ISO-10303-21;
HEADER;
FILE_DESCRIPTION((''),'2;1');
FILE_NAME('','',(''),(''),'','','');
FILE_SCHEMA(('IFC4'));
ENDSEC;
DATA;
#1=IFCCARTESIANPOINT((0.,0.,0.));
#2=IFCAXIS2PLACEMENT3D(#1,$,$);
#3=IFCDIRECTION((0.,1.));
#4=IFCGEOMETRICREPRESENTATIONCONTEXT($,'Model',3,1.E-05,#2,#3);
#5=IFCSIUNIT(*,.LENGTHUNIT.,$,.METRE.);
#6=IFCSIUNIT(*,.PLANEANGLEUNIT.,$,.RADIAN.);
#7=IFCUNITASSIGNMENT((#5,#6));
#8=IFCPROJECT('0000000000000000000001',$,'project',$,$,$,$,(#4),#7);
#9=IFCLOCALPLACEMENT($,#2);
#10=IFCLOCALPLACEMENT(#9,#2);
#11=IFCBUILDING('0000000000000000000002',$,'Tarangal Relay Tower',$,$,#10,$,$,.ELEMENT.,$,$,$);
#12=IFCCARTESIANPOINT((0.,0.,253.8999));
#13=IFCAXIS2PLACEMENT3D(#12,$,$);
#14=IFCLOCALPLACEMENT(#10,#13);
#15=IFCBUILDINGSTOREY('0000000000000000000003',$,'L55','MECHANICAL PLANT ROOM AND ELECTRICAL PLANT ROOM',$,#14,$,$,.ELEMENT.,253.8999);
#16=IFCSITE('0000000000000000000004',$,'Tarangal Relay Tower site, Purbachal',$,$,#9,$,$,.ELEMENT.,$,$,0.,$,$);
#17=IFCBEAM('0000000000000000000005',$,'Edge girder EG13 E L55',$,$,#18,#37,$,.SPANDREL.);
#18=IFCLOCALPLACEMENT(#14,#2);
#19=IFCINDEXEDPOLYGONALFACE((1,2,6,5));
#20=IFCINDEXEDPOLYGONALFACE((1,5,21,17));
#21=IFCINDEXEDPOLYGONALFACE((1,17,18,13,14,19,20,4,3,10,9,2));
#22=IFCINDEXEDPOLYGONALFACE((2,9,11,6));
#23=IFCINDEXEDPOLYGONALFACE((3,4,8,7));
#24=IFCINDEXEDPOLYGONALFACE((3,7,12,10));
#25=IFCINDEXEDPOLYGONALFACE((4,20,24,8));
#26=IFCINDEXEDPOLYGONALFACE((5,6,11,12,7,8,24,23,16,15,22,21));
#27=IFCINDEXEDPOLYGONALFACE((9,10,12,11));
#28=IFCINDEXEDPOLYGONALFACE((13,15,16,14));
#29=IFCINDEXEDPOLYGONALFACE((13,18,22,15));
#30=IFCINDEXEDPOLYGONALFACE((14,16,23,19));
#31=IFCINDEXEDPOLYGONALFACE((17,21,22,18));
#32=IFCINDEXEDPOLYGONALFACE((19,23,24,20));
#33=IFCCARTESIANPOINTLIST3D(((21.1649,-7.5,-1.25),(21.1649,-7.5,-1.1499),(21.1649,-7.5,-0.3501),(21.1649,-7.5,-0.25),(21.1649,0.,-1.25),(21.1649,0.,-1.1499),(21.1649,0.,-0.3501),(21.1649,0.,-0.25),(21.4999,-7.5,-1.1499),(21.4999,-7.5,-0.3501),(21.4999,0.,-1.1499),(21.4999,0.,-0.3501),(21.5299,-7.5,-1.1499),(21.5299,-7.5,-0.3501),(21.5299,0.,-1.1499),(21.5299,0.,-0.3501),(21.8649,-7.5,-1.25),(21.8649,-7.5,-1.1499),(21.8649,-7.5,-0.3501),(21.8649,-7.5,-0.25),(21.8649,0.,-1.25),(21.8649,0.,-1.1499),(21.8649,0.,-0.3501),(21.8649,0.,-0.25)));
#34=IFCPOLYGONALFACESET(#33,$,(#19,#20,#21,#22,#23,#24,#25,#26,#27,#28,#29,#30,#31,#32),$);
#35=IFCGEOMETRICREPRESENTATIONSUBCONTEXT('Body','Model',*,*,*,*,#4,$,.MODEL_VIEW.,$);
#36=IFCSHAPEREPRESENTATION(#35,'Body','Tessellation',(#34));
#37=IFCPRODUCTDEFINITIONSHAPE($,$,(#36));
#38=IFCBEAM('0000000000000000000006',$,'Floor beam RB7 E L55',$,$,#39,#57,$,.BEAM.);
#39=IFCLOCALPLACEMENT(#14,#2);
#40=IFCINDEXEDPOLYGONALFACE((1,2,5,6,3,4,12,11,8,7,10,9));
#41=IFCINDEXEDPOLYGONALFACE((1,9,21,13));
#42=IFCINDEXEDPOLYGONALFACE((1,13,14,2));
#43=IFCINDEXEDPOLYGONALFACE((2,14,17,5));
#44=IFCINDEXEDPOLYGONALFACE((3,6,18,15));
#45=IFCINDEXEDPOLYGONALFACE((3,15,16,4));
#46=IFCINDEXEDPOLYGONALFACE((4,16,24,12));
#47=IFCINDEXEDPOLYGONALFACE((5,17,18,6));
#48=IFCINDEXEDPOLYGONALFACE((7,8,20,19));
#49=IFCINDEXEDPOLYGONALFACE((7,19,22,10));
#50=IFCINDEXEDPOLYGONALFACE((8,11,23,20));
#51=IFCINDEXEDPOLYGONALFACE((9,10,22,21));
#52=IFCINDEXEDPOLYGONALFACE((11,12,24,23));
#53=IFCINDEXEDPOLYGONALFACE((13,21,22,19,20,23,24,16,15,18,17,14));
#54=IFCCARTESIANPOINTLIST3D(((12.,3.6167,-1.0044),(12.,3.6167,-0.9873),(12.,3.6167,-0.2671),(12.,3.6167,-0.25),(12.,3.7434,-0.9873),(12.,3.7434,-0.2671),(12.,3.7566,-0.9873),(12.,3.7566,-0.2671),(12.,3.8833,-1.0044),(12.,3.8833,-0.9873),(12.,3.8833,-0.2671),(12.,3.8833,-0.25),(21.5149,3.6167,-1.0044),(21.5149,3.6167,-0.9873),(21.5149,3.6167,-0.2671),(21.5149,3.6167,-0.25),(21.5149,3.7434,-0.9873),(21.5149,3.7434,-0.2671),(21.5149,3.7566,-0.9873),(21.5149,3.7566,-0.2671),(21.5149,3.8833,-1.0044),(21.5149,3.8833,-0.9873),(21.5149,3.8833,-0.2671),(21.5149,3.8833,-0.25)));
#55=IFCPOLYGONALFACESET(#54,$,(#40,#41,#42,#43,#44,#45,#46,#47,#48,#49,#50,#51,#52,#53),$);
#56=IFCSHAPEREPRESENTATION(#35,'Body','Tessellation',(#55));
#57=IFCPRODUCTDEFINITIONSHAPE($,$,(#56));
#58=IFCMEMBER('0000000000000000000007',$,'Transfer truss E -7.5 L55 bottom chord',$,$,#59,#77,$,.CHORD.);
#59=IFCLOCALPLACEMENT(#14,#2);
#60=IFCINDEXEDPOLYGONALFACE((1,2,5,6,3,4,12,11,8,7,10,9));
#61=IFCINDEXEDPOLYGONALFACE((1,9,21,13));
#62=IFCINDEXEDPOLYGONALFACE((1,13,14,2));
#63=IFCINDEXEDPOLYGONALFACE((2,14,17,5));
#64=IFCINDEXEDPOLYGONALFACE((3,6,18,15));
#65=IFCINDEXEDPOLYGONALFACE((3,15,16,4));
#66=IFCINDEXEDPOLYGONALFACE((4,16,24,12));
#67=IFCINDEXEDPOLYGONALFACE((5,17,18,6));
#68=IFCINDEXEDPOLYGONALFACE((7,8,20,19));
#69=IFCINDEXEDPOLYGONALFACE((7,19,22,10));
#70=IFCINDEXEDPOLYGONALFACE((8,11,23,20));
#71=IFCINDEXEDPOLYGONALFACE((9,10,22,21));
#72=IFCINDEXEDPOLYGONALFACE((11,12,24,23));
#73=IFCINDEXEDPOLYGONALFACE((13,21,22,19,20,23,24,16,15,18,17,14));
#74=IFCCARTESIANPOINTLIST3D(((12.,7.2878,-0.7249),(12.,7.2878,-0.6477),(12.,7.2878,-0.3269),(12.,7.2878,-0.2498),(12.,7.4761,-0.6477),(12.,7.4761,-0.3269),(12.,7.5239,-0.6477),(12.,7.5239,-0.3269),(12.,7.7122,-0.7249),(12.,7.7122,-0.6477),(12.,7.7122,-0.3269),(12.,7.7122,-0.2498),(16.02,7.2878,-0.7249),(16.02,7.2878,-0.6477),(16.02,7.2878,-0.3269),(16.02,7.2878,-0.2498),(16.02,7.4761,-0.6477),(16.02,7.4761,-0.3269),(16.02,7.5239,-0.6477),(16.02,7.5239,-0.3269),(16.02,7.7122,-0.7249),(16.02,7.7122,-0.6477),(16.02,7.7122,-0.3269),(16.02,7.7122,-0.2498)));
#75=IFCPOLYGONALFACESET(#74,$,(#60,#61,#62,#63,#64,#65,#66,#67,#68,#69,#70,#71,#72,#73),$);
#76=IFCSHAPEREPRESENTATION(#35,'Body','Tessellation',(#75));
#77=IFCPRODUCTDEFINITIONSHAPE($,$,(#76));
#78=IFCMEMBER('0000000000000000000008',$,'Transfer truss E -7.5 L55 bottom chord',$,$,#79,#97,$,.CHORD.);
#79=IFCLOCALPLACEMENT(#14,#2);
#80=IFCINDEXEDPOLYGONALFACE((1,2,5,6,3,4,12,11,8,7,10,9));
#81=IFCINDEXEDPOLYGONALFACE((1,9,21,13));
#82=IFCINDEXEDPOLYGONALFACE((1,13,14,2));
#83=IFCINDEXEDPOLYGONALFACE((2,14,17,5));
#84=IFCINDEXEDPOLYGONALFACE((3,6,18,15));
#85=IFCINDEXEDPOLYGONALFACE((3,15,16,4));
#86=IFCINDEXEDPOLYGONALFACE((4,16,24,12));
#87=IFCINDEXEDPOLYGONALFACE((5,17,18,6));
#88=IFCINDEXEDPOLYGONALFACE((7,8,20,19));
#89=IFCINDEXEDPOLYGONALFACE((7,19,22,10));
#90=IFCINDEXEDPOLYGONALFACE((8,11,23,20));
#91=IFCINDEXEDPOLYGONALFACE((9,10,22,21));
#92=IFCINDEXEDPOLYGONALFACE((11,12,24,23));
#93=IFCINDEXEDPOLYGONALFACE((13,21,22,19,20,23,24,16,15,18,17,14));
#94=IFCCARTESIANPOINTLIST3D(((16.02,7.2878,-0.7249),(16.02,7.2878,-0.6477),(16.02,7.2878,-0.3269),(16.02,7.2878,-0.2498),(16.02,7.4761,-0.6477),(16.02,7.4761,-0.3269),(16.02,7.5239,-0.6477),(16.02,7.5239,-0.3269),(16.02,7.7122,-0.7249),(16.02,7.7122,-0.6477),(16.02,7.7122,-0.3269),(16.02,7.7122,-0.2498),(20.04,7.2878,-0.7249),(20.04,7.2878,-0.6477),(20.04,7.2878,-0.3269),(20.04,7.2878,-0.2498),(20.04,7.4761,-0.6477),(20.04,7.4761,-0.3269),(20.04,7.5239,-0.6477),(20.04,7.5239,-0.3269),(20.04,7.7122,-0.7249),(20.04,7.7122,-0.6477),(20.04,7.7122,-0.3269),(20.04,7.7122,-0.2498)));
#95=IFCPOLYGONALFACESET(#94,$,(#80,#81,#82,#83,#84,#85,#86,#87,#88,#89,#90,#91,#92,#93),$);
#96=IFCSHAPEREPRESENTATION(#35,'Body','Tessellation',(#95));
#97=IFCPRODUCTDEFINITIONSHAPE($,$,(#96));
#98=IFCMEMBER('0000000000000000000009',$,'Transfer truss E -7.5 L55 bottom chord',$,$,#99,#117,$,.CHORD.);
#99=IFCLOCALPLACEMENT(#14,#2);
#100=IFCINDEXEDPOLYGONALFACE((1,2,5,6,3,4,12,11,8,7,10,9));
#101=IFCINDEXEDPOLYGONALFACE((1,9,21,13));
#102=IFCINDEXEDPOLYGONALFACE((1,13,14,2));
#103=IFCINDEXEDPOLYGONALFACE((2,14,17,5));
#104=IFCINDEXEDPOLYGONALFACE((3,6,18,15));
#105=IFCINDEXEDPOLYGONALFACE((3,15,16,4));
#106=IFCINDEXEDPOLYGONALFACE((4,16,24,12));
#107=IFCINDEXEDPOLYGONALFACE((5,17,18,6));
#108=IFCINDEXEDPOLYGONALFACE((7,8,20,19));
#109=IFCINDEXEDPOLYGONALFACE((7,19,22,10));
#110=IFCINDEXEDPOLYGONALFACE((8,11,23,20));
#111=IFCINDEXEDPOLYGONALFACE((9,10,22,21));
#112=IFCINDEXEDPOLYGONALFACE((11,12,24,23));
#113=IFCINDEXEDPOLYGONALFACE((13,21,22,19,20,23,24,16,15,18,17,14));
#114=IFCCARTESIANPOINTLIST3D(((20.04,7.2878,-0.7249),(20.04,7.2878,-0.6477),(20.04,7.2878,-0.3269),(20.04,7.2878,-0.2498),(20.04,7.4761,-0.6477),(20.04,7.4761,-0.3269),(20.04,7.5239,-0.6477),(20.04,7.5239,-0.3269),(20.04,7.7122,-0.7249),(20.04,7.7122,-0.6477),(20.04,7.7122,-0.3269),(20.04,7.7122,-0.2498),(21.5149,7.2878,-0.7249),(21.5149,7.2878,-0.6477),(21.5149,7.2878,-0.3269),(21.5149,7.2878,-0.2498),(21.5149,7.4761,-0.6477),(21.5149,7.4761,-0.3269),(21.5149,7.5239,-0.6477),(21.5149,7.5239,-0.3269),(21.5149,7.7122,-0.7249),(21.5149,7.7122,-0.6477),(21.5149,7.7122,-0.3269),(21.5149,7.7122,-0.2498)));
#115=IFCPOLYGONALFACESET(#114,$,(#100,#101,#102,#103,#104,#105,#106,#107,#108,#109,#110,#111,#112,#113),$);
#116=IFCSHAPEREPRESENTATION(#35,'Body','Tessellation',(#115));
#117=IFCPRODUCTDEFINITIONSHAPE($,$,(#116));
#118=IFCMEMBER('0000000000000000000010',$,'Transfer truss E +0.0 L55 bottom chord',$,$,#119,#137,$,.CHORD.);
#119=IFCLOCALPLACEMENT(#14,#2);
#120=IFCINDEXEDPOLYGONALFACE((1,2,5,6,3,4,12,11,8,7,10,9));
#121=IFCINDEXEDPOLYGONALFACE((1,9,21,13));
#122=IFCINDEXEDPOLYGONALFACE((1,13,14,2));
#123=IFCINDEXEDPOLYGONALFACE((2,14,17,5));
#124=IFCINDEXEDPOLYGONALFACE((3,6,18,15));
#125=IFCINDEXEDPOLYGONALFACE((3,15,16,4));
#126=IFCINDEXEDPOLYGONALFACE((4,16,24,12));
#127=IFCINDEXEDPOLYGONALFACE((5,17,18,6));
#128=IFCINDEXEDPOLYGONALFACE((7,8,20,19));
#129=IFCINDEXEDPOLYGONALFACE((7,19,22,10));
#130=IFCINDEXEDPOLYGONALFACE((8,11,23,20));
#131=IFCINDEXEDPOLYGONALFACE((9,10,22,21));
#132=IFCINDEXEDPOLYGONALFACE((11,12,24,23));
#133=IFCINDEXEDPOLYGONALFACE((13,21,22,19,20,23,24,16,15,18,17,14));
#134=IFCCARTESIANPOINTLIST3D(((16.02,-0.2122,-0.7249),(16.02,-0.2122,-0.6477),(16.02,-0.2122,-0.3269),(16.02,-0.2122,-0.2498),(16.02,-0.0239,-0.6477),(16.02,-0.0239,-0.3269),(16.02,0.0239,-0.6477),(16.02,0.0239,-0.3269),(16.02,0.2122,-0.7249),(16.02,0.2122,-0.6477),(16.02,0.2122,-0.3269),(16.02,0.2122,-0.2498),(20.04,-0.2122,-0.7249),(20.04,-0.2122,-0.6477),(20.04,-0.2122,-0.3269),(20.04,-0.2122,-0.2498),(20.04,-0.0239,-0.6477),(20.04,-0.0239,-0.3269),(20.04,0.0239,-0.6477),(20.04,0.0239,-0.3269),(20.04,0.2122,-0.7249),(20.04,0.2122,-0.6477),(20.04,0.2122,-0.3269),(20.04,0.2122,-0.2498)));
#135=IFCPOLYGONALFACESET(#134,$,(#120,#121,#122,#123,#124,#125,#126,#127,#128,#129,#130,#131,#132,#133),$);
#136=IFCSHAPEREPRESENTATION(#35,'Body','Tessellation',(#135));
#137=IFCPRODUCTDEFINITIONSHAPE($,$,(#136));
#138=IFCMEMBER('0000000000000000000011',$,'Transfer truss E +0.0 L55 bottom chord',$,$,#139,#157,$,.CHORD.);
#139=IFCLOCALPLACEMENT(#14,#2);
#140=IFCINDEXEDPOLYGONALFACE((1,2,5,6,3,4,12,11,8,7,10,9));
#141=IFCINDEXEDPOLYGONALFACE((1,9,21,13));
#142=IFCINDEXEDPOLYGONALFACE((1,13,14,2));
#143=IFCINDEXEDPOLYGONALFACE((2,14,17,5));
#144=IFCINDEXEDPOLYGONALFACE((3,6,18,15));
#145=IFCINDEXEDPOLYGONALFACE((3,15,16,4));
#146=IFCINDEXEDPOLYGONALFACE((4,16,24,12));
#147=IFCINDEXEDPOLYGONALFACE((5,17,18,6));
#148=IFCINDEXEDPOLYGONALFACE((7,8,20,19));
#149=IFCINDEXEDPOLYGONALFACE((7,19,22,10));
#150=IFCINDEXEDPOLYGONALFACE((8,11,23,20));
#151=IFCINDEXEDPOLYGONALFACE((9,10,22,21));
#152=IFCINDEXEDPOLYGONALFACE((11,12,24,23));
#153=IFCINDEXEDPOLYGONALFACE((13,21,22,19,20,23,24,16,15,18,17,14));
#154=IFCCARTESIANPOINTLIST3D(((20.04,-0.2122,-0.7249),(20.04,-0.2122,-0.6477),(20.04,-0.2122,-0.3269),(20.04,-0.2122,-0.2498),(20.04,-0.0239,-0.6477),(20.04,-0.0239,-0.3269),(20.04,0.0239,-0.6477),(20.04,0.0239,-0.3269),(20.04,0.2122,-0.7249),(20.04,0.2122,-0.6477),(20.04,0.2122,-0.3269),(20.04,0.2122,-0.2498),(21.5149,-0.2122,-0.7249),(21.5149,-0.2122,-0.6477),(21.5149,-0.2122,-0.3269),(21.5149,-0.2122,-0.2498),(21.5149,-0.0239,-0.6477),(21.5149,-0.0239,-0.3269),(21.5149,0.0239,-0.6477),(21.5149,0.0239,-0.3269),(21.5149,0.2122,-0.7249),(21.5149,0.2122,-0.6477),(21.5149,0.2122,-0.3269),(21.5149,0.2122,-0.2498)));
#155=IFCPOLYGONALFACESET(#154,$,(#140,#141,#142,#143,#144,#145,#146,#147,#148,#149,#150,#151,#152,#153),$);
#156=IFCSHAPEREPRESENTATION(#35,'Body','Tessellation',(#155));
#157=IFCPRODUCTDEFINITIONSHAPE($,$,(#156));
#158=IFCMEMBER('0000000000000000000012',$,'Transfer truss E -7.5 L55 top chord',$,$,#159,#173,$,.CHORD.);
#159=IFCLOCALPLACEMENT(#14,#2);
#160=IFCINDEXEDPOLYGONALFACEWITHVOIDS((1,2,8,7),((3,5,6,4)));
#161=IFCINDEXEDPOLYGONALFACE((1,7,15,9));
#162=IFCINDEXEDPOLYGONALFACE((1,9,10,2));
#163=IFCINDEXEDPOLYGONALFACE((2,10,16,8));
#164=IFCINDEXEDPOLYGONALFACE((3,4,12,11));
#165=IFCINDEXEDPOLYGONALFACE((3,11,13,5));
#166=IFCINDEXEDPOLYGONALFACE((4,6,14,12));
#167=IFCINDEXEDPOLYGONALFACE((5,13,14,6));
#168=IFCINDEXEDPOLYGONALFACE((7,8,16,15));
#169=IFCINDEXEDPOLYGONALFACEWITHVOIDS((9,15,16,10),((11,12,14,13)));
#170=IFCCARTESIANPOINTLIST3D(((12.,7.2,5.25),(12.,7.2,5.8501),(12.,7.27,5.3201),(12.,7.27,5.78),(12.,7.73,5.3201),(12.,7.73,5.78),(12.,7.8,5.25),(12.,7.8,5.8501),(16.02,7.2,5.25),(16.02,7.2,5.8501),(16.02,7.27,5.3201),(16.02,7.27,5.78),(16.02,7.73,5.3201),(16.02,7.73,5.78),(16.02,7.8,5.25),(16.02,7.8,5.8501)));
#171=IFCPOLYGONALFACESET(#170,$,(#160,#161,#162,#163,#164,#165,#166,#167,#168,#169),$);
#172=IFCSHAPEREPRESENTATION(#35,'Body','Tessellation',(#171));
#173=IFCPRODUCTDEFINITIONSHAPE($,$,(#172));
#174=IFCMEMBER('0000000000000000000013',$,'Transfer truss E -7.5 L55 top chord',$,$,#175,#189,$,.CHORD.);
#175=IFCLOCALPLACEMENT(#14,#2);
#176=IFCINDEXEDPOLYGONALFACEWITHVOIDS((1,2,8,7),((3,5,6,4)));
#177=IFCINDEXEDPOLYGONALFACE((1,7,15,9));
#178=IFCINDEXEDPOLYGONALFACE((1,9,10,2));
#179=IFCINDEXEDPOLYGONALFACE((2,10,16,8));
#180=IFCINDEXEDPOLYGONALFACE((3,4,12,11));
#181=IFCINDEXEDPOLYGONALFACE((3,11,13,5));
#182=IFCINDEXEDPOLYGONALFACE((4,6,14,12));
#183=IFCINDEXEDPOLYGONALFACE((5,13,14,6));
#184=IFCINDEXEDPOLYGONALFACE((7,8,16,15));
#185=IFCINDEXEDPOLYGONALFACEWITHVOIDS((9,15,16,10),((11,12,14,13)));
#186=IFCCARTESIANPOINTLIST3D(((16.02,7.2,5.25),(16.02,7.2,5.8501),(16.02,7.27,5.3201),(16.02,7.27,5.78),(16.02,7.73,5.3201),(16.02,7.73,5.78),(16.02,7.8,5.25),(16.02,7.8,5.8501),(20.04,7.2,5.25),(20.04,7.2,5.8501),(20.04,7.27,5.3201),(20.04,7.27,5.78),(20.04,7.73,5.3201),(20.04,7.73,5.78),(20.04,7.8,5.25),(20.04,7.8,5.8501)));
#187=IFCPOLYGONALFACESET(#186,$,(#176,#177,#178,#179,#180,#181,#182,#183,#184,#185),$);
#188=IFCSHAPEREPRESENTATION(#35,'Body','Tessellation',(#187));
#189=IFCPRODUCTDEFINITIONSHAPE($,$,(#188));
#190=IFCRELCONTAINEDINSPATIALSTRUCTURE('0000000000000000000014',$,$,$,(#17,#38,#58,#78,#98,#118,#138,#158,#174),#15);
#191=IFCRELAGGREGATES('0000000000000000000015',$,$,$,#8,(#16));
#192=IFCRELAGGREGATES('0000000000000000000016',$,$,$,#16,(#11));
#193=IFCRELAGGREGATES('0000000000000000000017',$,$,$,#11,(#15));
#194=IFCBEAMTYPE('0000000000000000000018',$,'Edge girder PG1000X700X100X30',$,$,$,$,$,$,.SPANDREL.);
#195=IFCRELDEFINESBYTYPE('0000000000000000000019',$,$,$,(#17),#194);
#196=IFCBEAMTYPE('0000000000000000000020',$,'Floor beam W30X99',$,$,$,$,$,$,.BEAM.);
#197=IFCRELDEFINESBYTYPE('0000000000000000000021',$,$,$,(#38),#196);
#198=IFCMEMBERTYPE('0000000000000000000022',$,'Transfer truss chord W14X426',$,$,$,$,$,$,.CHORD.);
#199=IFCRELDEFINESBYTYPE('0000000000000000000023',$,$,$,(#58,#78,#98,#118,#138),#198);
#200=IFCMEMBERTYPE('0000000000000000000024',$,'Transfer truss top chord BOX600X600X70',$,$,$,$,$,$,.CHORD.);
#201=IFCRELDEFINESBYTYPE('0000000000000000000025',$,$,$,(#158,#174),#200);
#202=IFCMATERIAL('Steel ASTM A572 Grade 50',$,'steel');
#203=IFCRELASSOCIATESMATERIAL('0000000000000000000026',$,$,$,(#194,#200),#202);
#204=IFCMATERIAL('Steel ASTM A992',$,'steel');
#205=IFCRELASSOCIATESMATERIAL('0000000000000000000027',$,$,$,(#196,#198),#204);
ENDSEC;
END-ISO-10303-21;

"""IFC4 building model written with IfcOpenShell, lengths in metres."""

from ifc_helpers import new_model, si_unit, direction, frame, origin, origin_2d, place, context, subcontext, project, spatial, hollow_rectangle, i_section, extrude, material, material_profile, profile_set, type_object, element, save


model = new_model("IFC4")

# Units and contexts
model_context = context("Model", 3, precision=1e-05, world=origin(), true_north=direction((0.0, 1.0)))
body_context = subcontext(model_context, "Body", "Model", "MODEL_VIEW")
ifc_project = project(units=[si_unit("LENGTHUNIT", "METRE"), si_unit("PLANEANGLEUNIT", "RADIAN")], contexts=[model_context])

# Site, building, storey
site_placement = place(None, origin())
site = spatial("IfcSite", under=ifc_project, at=site_placement, Name="Tarangal Relay Tower site, Purbachal", CompositionType="ELEMENT", RefElevation=0.0)
building_placement = place(site_placement, origin())
building = spatial("IfcBuilding", under=site, at=building_placement, Name="Tarangal Relay Tower", CompositionType="ELEMENT")
storey_placement = place(building_placement, frame((0.0, 0.0, 253.8999)))
storey = spatial("IfcBuildingStorey", under=building, at=storey_placement, Name="L55", Description="MECHANICAL PLANT ROOM AND ELECTRICAL PLANT ROOM", CompositionType="ELEMENT", Elevation=253.8999)

# Shared definitions
ifc_material_1 = material(Name="Steel ASTM A572 Grade 50", Category="steel")

# Shared definitions
ifc_material_2 = material(Name="Steel ASTM A992", Category="steel")

# Beams
ifc_material_profile_1 = material_profile(ifc_material_1, i_section(OverallWidth=0.7, OverallDepth=1.0, WebThickness=0.03, FlangeThickness=0.1001, at=origin_2d()), Name="PG1000X700X100X30")
ifc_profile_set_1 = profile_set([ifc_material_profile_1], Name="Steel ASTM A572 Grade 50")
beam_type_1 = type_object("IfcBeamType", Name="Edge girder PG1000X700X100X30", PredefinedType="SPANDREL", material=ifc_profile_set_1)
beam_1_placement = place(storey_placement, frame((21.5149, 0.0, -0.75), z_axis=(0.0, -1.0, 0.0), x_axis=(1.0, 0.0, 0.0)))
element("IfcBeam", 1, at=beam_1_placement, inside=storey, type_object=beam_type_1, Name="Edge girder EG13 E L55", PredefinedType="SPANDREL", context=body_context, shape_type="SweptSolid", body=[
    extrude(i_section(OverallWidth=0.7, OverallDepth=1.0, WebThickness=0.03, FlangeThickness=0.1001, at=origin_2d()), origin(), (0.0, 0.0, 1.0), 7.5),
])
ifc_material_profile_2 = material_profile(ifc_material_2, i_section(OverallWidth=0.2666, OverallDepth=0.7544, WebThickness=0.0132, FlangeThickness=0.0171, at=origin_2d()), Name="W30X99")
ifc_profile_set_2 = profile_set([ifc_material_profile_2], Name="Steel ASTM A992")
beam_type_2 = type_object("IfcBeamType", Name="Floor beam W30X99", PredefinedType="BEAM", material=ifc_profile_set_2)
beam_2_placement = place(storey_placement, frame((12.0, 3.75, -0.6272), z_axis=(1.0, 0.0, 0.0), x_axis=(0.0, 1.0, 0.0)))
element("IfcBeam", 2, at=beam_2_placement, inside=storey, type_object=beam_type_2, Name="Floor beam RB7 E L55", PredefinedType="BEAM", context=body_context, shape_type="SweptSolid", body=[
    extrude(i_section(OverallWidth=0.2666, OverallDepth=0.7544, WebThickness=0.0132, FlangeThickness=0.0171, at=origin_2d()), origin(), (0.0, 0.0, 1.0), 9.5149),
])

# Members
ifc_material_profile_3 = material_profile(ifc_material_2, i_section(OverallWidth=0.4243, OverallDepth=0.4751, WebThickness=0.0479, FlangeThickness=0.0771, at=origin_2d()), Name="W14X426")
ifc_profile_set_3 = profile_set([ifc_material_profile_3], Name="Steel ASTM A992")
member_type_1 = type_object("IfcMemberType", Name="Transfer truss chord W14X426", PredefinedType="CHORD", material=ifc_profile_set_3)
for number, where, z_axis, x_axis, name in (
    (3, (12.0, 7.5, -0.4873), (1.0, 0.0, 0.0), (0.0, 1.0, 0.0), "Transfer truss E -7.5 L55 bottom chord"),
    (4, (16.02, 7.5, -0.4873), (1.0, 0.0, 0.0), (0.0, 1.0, 0.0), "Transfer truss E -7.5 L55 bottom chord"),
):
    element("IfcMember", number, at=place(storey_placement, frame(where, z_axis=z_axis, x_axis=x_axis)), inside=storey, type_object=member_type_1, Name=name, PredefinedType="CHORD", context=body_context, shape_type="SweptSolid", body=[
        extrude(i_section(OverallWidth=0.4243, OverallDepth=0.4751, WebThickness=0.0479, FlangeThickness=0.0771, at=origin_2d()), origin(), (0.0, 0.0, 1.0), 4.02),
    ])
member_1_placement = place(storey_placement, frame((20.04, 7.5, -0.4873), z_axis=(1.0, 0.0, 0.0), x_axis=(0.0, 1.0, 0.0)))
element("IfcMember", 5, at=member_1_placement, inside=storey, type_object=member_type_1, Name="Transfer truss E -7.5 L55 bottom chord", PredefinedType="CHORD", context=body_context, shape_type="SweptSolid", body=[
    extrude(i_section(OverallWidth=0.4243, OverallDepth=0.4751, WebThickness=0.0479, FlangeThickness=0.0771, at=origin_2d()), origin(), (0.0, 0.0, 1.0), 1.4749),
])
member_2_placement = place(storey_placement, frame((16.02, 0.0, -0.4873), z_axis=(1.0, 0.0, 0.0), x_axis=(0.0, 1.0, 0.0)))
element("IfcMember", 6, at=member_2_placement, inside=storey, type_object=member_type_1, Name="Transfer truss E +0.0 L55 bottom chord", PredefinedType="CHORD", context=body_context, shape_type="SweptSolid", body=[
    extrude(i_section(OverallWidth=0.4243, OverallDepth=0.4751, WebThickness=0.0479, FlangeThickness=0.0771, at=origin_2d()), origin(), (0.0, 0.0, 1.0), 4.02),
])
member_3_placement = place(storey_placement, frame((20.04, 0.0, -0.4873), z_axis=(1.0, 0.0, 0.0), x_axis=(0.0, 1.0, 0.0)))
element("IfcMember", 7, at=member_3_placement, inside=storey, type_object=member_type_1, Name="Transfer truss E +0.0 L55 bottom chord", PredefinedType="CHORD", context=body_context, shape_type="SweptSolid", body=[
    extrude(i_section(OverallWidth=0.4243, OverallDepth=0.4751, WebThickness=0.0479, FlangeThickness=0.0771, at=origin_2d()), origin(), (0.0, 0.0, 1.0), 1.4749),
])
ifc_material_profile_4 = material_profile(ifc_material_1, hollow_rectangle(XDim=0.6001, YDim=0.6001, WallThickness=0.0701, at=origin_2d()), Name="BOX600X600X70")
ifc_profile_set_4 = profile_set([ifc_material_profile_4], Name="Steel ASTM A572 Grade 50")
member_type_2 = type_object("IfcMemberType", Name="Transfer truss top chord BOX600X600X70", PredefinedType="CHORD", material=ifc_profile_set_4)
for number, where, z_axis, x_axis, name in (
    (8, (12.0, 7.5, 5.55), (1.0, 0.0, 0.0), (0.0, 1.0, 0.0), "Transfer truss E -7.5 L55 top chord"),
    (9, (16.02, 7.5, 5.55), (1.0, 0.0, 0.0), (0.0, 1.0, 0.0), "Transfer truss E -7.5 L55 top chord"),
):
    element("IfcMember", number, at=place(storey_placement, frame(where, z_axis=z_axis, x_axis=x_axis)), inside=storey, type_object=member_type_2, Name=name, PredefinedType="CHORD", context=body_context, shape_type="SweptSolid", body=[
        extrude(hollow_rectangle(XDim=0.6001, YDim=0.6001, WallThickness=0.0701, at=origin_2d()), origin(), (0.0, 0.0, 1.0), 4.02),
    ])

save(model, "model.ifc")
